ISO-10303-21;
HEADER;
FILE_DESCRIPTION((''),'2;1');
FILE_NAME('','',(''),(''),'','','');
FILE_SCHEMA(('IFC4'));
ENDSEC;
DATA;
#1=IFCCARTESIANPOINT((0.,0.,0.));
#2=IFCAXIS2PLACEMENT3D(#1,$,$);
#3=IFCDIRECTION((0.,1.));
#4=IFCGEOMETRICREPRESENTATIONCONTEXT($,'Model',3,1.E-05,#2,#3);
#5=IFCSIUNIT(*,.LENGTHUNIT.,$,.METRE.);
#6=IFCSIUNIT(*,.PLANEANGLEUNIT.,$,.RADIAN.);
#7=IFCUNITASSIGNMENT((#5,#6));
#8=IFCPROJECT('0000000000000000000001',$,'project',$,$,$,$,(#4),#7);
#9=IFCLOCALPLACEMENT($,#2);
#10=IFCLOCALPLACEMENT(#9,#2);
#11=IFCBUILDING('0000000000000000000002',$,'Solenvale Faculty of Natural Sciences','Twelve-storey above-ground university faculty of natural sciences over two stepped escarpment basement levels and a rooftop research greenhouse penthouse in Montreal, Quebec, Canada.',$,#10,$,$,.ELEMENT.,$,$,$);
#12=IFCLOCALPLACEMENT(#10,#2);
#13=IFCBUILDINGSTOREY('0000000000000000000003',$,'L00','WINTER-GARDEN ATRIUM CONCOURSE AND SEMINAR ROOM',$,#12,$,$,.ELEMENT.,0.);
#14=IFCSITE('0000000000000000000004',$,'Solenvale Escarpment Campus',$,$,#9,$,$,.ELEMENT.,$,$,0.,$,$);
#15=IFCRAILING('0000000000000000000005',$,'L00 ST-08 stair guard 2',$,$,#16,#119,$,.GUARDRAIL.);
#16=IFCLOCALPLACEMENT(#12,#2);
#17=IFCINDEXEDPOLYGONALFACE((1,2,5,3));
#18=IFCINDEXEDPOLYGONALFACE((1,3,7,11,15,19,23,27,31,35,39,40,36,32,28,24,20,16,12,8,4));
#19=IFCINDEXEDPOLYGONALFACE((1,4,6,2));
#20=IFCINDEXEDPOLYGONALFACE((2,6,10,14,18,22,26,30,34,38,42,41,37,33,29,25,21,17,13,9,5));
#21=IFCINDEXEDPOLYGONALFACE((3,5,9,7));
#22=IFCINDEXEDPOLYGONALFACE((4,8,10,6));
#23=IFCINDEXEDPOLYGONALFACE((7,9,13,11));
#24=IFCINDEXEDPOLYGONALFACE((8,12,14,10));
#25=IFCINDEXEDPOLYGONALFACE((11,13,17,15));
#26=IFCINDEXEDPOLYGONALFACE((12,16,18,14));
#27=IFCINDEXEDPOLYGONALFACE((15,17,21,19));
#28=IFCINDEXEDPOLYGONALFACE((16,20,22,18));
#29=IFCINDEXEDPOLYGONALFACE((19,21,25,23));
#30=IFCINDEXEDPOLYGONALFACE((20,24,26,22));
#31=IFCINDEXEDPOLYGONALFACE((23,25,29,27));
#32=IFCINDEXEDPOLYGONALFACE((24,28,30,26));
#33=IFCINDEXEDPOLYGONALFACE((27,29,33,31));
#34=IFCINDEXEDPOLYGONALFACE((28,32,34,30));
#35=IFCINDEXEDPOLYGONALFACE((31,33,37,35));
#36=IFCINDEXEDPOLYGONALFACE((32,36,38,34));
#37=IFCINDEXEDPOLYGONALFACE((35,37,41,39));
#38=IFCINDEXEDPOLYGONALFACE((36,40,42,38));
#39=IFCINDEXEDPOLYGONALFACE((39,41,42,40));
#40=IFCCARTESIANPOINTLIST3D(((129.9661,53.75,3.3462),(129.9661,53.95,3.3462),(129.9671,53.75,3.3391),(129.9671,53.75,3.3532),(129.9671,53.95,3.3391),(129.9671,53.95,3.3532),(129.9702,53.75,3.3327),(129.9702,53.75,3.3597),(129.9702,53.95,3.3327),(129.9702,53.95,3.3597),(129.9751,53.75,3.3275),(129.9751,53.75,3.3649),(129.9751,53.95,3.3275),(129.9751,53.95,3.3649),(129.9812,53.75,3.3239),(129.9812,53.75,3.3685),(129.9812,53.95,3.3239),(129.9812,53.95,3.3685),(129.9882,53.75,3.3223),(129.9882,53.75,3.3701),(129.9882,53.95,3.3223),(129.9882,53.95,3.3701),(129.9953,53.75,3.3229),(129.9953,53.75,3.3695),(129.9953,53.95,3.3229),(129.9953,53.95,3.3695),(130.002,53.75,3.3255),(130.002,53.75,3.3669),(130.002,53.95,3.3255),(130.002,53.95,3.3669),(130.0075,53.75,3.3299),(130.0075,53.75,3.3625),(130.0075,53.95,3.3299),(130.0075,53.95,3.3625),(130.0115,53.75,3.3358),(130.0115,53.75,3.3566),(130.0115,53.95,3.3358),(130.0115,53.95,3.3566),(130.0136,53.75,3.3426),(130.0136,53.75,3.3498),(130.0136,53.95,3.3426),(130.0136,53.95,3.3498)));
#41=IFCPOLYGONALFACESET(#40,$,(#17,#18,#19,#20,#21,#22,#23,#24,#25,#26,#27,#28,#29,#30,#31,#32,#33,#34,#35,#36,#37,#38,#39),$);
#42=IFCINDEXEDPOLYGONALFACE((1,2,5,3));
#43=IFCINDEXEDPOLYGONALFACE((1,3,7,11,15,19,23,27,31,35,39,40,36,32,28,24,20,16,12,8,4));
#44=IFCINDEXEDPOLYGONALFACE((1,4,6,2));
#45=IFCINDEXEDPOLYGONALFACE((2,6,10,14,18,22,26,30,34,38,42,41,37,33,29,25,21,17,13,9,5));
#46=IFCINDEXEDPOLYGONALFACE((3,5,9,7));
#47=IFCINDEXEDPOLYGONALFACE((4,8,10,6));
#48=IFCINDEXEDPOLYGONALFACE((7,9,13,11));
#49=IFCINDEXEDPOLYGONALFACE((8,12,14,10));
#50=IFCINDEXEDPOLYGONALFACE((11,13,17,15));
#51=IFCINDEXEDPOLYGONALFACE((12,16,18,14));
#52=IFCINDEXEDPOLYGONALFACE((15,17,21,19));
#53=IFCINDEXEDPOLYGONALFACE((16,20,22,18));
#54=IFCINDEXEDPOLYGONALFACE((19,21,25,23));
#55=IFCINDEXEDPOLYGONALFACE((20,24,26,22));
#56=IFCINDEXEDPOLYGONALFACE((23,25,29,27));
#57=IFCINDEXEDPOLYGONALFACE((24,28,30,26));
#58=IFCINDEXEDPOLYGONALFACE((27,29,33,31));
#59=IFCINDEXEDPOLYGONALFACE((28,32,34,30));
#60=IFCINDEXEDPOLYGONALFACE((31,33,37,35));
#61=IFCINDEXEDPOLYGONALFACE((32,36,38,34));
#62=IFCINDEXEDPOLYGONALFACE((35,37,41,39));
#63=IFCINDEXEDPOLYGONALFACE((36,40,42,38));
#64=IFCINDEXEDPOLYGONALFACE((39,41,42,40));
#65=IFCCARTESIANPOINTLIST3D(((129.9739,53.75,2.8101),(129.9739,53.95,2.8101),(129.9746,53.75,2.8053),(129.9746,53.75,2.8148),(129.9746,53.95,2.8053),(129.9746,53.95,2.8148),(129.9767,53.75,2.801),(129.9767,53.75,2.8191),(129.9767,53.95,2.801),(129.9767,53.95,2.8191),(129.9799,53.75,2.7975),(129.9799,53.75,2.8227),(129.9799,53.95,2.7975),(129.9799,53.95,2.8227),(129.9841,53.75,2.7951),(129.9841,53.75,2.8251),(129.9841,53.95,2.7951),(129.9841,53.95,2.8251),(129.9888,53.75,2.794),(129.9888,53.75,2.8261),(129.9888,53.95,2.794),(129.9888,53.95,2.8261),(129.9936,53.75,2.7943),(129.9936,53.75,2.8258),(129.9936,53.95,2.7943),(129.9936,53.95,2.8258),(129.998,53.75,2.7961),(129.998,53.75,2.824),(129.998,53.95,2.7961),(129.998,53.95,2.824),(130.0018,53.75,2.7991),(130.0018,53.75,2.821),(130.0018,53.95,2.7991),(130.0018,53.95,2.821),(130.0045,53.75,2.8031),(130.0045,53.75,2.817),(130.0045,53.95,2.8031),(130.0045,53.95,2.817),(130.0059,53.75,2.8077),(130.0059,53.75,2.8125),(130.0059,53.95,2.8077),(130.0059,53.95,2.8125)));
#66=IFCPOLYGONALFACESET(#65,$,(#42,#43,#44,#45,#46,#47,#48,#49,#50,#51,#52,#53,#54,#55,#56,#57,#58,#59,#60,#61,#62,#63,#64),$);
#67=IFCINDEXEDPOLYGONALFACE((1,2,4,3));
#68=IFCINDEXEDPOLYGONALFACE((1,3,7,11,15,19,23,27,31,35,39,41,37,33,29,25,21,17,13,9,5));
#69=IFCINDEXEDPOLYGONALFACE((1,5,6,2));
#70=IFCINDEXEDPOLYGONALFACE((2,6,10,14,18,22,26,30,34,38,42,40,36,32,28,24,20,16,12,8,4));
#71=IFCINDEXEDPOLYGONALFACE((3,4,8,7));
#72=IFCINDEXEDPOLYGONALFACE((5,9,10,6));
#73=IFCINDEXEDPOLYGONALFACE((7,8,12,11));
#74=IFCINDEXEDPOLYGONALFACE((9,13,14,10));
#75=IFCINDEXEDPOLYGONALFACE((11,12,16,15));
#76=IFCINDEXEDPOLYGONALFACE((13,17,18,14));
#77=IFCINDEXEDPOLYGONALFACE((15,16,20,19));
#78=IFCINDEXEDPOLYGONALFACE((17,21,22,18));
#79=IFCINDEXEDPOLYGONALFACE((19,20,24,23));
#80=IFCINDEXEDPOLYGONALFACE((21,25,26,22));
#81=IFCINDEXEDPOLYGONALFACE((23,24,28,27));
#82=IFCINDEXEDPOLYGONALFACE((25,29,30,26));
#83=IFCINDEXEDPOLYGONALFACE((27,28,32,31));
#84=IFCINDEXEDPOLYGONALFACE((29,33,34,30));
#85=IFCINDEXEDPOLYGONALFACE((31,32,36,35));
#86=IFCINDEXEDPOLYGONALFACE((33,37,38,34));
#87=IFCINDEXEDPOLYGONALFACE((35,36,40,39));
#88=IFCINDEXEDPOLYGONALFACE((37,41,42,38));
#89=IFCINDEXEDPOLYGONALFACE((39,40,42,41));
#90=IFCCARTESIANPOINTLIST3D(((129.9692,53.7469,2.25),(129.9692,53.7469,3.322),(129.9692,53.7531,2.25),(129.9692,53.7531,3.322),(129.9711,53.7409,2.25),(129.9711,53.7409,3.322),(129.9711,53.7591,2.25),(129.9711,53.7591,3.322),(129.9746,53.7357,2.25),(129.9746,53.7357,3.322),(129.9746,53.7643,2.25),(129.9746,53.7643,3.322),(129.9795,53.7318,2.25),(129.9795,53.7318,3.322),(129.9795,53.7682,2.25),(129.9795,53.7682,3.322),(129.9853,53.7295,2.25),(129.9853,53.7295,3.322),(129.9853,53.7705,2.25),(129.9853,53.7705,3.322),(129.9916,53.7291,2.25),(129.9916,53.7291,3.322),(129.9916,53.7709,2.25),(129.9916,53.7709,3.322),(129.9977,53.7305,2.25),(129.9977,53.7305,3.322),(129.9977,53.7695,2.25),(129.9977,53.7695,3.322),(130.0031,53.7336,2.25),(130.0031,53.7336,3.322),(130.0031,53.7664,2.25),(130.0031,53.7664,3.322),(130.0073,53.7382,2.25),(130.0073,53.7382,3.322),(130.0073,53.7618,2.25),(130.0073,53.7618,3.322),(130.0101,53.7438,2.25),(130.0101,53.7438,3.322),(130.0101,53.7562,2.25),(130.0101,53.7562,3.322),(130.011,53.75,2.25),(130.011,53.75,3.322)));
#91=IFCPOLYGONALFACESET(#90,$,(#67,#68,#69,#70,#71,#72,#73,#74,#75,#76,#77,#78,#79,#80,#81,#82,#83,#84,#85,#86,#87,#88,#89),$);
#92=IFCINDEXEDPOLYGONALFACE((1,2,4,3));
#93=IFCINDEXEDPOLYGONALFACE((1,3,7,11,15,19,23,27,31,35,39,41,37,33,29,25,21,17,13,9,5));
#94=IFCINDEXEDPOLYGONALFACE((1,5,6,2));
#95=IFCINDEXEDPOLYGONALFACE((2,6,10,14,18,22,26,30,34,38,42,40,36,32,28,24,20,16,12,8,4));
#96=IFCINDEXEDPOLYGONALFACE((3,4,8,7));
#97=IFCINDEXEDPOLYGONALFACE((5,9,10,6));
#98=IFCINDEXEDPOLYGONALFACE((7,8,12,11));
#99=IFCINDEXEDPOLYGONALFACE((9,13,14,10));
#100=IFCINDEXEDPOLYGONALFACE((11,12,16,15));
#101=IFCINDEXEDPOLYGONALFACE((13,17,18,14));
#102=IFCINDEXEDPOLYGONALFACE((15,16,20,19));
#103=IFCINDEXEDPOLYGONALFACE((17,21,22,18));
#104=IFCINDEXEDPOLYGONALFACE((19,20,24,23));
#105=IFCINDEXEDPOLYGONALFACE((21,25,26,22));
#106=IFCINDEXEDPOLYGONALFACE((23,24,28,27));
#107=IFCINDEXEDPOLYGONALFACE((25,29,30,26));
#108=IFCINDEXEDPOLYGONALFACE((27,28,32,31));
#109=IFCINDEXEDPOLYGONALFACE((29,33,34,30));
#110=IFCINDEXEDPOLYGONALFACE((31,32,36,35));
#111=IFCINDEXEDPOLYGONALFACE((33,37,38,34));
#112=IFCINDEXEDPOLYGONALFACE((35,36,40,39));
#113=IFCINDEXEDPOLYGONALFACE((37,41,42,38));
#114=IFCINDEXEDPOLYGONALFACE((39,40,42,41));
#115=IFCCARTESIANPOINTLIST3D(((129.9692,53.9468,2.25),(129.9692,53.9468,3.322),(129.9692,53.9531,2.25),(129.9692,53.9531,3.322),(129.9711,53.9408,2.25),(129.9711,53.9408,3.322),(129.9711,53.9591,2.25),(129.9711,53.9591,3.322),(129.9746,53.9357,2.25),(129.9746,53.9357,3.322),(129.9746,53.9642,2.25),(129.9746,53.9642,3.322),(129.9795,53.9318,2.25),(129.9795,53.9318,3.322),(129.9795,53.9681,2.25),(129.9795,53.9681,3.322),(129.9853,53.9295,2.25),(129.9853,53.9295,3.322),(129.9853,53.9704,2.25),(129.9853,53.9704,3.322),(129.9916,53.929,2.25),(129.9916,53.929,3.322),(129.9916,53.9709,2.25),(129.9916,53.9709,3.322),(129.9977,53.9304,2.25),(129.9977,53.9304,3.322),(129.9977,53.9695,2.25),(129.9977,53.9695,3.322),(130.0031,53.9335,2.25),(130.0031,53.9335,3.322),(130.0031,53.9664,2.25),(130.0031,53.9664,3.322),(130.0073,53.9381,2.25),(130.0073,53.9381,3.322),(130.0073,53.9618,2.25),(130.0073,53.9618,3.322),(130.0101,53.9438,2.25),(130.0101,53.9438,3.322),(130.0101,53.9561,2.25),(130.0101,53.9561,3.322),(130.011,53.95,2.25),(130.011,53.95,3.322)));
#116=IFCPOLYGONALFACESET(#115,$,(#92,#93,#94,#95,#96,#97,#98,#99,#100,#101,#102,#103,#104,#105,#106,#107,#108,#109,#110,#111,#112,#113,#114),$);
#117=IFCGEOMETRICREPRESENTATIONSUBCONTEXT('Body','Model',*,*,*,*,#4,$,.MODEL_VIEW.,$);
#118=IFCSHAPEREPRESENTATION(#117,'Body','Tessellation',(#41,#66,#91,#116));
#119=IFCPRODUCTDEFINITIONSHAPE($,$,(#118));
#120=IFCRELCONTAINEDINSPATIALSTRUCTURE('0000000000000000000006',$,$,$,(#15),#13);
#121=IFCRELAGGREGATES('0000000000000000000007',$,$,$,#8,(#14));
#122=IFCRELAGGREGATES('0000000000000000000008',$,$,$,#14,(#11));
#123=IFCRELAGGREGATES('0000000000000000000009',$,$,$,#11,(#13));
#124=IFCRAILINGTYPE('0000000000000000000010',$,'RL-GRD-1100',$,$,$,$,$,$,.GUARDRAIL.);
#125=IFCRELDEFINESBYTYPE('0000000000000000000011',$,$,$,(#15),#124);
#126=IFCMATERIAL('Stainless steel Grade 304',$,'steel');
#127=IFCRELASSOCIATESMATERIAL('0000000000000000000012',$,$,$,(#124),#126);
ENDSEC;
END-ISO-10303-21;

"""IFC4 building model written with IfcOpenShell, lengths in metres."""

from ifc_helpers import new_model, si_unit, direction, frame, origin, origin_2d, place, context, subcontext, project, spatial, circle, extrude, material, type_object, element, save


model = new_model("IFC4")

# Units and contexts
model_context = context("Model", 3, precision=1e-05, world=origin(), true_north=direction((0.0, 1.0)))
body_context = subcontext(model_context, "Body", "Model", "MODEL_VIEW")
ifc_project = project(units=[si_unit("LENGTHUNIT", "METRE"), si_unit("PLANEANGLEUNIT", "RADIAN")], contexts=[model_context])

# Site, building, storey
site_placement = place(None, origin())
site = spatial("IfcSite", under=ifc_project, at=site_placement, Name="Solenvale Escarpment Campus", CompositionType="ELEMENT", RefElevation=0.0)
building_placement = place(site_placement, origin())
building = spatial("IfcBuilding", under=site, at=building_placement, Name="Solenvale Faculty of Natural Sciences", Description="Twelve-storey above-ground university faculty of natural sciences over two stepped escarpment basement levels and a rooftop research greenhouse penthouse in Montreal, Quebec, Canada.", CompositionType="ELEMENT")
storey_placement = place(building_placement, origin())
storey = spatial("IfcBuildingStorey", under=building, at=storey_placement, Name="L00", Description="WINTER-GARDEN ATRIUM CONCOURSE AND SEMINAR ROOM", CompositionType="ELEMENT", Elevation=0.0)

# Railing
ifc_material_1 = material(Name="Stainless steel Grade 304", Category="steel")
railing_type_1 = type_object("IfcRailingType", Name="RL-GRD-1100", PredefinedType="GUARDRAIL", material=ifc_material_1)
railing_1_placement = place(storey_placement, frame((129.99, 53.75, 2.25)))
element("IfcRailing", 1, at=railing_1_placement, inside=storey, type_object=railing_type_1, Name="L00 ST-08 stair guard 2", PredefinedType="GUARDRAIL", context=body_context, shape_type="SweptSolid", body=[
    extrude(circle(Radius=0.0239, at=origin_2d()), frame((0.0, 0.0, 1.0962), z_axis=(0.0, 1.0, 0.0), x_axis=(-1.0, 0.0, 0.0)), (0.0, 0.0, 1.0), 0.2),
    extrude(circle(Radius=0.0161, at=origin_2d()), frame((0.0, 0.0, 0.5601), z_axis=(0.0, 1.0, 0.0), x_axis=(-1.0, 0.0, 0.0)), (0.0, 0.0, 1.0), 0.2),
    extrude(circle(Radius=0.021, at=origin_2d()), origin(), (0.0, 0.0, 1.0), 1.072),
    extrude(circle(Radius=0.021, at=origin_2d()), frame((0.0, 0.2, 0.0)), (0.0, 0.0, 1.0), 1.072),
])

save(model, "model.ifc")
